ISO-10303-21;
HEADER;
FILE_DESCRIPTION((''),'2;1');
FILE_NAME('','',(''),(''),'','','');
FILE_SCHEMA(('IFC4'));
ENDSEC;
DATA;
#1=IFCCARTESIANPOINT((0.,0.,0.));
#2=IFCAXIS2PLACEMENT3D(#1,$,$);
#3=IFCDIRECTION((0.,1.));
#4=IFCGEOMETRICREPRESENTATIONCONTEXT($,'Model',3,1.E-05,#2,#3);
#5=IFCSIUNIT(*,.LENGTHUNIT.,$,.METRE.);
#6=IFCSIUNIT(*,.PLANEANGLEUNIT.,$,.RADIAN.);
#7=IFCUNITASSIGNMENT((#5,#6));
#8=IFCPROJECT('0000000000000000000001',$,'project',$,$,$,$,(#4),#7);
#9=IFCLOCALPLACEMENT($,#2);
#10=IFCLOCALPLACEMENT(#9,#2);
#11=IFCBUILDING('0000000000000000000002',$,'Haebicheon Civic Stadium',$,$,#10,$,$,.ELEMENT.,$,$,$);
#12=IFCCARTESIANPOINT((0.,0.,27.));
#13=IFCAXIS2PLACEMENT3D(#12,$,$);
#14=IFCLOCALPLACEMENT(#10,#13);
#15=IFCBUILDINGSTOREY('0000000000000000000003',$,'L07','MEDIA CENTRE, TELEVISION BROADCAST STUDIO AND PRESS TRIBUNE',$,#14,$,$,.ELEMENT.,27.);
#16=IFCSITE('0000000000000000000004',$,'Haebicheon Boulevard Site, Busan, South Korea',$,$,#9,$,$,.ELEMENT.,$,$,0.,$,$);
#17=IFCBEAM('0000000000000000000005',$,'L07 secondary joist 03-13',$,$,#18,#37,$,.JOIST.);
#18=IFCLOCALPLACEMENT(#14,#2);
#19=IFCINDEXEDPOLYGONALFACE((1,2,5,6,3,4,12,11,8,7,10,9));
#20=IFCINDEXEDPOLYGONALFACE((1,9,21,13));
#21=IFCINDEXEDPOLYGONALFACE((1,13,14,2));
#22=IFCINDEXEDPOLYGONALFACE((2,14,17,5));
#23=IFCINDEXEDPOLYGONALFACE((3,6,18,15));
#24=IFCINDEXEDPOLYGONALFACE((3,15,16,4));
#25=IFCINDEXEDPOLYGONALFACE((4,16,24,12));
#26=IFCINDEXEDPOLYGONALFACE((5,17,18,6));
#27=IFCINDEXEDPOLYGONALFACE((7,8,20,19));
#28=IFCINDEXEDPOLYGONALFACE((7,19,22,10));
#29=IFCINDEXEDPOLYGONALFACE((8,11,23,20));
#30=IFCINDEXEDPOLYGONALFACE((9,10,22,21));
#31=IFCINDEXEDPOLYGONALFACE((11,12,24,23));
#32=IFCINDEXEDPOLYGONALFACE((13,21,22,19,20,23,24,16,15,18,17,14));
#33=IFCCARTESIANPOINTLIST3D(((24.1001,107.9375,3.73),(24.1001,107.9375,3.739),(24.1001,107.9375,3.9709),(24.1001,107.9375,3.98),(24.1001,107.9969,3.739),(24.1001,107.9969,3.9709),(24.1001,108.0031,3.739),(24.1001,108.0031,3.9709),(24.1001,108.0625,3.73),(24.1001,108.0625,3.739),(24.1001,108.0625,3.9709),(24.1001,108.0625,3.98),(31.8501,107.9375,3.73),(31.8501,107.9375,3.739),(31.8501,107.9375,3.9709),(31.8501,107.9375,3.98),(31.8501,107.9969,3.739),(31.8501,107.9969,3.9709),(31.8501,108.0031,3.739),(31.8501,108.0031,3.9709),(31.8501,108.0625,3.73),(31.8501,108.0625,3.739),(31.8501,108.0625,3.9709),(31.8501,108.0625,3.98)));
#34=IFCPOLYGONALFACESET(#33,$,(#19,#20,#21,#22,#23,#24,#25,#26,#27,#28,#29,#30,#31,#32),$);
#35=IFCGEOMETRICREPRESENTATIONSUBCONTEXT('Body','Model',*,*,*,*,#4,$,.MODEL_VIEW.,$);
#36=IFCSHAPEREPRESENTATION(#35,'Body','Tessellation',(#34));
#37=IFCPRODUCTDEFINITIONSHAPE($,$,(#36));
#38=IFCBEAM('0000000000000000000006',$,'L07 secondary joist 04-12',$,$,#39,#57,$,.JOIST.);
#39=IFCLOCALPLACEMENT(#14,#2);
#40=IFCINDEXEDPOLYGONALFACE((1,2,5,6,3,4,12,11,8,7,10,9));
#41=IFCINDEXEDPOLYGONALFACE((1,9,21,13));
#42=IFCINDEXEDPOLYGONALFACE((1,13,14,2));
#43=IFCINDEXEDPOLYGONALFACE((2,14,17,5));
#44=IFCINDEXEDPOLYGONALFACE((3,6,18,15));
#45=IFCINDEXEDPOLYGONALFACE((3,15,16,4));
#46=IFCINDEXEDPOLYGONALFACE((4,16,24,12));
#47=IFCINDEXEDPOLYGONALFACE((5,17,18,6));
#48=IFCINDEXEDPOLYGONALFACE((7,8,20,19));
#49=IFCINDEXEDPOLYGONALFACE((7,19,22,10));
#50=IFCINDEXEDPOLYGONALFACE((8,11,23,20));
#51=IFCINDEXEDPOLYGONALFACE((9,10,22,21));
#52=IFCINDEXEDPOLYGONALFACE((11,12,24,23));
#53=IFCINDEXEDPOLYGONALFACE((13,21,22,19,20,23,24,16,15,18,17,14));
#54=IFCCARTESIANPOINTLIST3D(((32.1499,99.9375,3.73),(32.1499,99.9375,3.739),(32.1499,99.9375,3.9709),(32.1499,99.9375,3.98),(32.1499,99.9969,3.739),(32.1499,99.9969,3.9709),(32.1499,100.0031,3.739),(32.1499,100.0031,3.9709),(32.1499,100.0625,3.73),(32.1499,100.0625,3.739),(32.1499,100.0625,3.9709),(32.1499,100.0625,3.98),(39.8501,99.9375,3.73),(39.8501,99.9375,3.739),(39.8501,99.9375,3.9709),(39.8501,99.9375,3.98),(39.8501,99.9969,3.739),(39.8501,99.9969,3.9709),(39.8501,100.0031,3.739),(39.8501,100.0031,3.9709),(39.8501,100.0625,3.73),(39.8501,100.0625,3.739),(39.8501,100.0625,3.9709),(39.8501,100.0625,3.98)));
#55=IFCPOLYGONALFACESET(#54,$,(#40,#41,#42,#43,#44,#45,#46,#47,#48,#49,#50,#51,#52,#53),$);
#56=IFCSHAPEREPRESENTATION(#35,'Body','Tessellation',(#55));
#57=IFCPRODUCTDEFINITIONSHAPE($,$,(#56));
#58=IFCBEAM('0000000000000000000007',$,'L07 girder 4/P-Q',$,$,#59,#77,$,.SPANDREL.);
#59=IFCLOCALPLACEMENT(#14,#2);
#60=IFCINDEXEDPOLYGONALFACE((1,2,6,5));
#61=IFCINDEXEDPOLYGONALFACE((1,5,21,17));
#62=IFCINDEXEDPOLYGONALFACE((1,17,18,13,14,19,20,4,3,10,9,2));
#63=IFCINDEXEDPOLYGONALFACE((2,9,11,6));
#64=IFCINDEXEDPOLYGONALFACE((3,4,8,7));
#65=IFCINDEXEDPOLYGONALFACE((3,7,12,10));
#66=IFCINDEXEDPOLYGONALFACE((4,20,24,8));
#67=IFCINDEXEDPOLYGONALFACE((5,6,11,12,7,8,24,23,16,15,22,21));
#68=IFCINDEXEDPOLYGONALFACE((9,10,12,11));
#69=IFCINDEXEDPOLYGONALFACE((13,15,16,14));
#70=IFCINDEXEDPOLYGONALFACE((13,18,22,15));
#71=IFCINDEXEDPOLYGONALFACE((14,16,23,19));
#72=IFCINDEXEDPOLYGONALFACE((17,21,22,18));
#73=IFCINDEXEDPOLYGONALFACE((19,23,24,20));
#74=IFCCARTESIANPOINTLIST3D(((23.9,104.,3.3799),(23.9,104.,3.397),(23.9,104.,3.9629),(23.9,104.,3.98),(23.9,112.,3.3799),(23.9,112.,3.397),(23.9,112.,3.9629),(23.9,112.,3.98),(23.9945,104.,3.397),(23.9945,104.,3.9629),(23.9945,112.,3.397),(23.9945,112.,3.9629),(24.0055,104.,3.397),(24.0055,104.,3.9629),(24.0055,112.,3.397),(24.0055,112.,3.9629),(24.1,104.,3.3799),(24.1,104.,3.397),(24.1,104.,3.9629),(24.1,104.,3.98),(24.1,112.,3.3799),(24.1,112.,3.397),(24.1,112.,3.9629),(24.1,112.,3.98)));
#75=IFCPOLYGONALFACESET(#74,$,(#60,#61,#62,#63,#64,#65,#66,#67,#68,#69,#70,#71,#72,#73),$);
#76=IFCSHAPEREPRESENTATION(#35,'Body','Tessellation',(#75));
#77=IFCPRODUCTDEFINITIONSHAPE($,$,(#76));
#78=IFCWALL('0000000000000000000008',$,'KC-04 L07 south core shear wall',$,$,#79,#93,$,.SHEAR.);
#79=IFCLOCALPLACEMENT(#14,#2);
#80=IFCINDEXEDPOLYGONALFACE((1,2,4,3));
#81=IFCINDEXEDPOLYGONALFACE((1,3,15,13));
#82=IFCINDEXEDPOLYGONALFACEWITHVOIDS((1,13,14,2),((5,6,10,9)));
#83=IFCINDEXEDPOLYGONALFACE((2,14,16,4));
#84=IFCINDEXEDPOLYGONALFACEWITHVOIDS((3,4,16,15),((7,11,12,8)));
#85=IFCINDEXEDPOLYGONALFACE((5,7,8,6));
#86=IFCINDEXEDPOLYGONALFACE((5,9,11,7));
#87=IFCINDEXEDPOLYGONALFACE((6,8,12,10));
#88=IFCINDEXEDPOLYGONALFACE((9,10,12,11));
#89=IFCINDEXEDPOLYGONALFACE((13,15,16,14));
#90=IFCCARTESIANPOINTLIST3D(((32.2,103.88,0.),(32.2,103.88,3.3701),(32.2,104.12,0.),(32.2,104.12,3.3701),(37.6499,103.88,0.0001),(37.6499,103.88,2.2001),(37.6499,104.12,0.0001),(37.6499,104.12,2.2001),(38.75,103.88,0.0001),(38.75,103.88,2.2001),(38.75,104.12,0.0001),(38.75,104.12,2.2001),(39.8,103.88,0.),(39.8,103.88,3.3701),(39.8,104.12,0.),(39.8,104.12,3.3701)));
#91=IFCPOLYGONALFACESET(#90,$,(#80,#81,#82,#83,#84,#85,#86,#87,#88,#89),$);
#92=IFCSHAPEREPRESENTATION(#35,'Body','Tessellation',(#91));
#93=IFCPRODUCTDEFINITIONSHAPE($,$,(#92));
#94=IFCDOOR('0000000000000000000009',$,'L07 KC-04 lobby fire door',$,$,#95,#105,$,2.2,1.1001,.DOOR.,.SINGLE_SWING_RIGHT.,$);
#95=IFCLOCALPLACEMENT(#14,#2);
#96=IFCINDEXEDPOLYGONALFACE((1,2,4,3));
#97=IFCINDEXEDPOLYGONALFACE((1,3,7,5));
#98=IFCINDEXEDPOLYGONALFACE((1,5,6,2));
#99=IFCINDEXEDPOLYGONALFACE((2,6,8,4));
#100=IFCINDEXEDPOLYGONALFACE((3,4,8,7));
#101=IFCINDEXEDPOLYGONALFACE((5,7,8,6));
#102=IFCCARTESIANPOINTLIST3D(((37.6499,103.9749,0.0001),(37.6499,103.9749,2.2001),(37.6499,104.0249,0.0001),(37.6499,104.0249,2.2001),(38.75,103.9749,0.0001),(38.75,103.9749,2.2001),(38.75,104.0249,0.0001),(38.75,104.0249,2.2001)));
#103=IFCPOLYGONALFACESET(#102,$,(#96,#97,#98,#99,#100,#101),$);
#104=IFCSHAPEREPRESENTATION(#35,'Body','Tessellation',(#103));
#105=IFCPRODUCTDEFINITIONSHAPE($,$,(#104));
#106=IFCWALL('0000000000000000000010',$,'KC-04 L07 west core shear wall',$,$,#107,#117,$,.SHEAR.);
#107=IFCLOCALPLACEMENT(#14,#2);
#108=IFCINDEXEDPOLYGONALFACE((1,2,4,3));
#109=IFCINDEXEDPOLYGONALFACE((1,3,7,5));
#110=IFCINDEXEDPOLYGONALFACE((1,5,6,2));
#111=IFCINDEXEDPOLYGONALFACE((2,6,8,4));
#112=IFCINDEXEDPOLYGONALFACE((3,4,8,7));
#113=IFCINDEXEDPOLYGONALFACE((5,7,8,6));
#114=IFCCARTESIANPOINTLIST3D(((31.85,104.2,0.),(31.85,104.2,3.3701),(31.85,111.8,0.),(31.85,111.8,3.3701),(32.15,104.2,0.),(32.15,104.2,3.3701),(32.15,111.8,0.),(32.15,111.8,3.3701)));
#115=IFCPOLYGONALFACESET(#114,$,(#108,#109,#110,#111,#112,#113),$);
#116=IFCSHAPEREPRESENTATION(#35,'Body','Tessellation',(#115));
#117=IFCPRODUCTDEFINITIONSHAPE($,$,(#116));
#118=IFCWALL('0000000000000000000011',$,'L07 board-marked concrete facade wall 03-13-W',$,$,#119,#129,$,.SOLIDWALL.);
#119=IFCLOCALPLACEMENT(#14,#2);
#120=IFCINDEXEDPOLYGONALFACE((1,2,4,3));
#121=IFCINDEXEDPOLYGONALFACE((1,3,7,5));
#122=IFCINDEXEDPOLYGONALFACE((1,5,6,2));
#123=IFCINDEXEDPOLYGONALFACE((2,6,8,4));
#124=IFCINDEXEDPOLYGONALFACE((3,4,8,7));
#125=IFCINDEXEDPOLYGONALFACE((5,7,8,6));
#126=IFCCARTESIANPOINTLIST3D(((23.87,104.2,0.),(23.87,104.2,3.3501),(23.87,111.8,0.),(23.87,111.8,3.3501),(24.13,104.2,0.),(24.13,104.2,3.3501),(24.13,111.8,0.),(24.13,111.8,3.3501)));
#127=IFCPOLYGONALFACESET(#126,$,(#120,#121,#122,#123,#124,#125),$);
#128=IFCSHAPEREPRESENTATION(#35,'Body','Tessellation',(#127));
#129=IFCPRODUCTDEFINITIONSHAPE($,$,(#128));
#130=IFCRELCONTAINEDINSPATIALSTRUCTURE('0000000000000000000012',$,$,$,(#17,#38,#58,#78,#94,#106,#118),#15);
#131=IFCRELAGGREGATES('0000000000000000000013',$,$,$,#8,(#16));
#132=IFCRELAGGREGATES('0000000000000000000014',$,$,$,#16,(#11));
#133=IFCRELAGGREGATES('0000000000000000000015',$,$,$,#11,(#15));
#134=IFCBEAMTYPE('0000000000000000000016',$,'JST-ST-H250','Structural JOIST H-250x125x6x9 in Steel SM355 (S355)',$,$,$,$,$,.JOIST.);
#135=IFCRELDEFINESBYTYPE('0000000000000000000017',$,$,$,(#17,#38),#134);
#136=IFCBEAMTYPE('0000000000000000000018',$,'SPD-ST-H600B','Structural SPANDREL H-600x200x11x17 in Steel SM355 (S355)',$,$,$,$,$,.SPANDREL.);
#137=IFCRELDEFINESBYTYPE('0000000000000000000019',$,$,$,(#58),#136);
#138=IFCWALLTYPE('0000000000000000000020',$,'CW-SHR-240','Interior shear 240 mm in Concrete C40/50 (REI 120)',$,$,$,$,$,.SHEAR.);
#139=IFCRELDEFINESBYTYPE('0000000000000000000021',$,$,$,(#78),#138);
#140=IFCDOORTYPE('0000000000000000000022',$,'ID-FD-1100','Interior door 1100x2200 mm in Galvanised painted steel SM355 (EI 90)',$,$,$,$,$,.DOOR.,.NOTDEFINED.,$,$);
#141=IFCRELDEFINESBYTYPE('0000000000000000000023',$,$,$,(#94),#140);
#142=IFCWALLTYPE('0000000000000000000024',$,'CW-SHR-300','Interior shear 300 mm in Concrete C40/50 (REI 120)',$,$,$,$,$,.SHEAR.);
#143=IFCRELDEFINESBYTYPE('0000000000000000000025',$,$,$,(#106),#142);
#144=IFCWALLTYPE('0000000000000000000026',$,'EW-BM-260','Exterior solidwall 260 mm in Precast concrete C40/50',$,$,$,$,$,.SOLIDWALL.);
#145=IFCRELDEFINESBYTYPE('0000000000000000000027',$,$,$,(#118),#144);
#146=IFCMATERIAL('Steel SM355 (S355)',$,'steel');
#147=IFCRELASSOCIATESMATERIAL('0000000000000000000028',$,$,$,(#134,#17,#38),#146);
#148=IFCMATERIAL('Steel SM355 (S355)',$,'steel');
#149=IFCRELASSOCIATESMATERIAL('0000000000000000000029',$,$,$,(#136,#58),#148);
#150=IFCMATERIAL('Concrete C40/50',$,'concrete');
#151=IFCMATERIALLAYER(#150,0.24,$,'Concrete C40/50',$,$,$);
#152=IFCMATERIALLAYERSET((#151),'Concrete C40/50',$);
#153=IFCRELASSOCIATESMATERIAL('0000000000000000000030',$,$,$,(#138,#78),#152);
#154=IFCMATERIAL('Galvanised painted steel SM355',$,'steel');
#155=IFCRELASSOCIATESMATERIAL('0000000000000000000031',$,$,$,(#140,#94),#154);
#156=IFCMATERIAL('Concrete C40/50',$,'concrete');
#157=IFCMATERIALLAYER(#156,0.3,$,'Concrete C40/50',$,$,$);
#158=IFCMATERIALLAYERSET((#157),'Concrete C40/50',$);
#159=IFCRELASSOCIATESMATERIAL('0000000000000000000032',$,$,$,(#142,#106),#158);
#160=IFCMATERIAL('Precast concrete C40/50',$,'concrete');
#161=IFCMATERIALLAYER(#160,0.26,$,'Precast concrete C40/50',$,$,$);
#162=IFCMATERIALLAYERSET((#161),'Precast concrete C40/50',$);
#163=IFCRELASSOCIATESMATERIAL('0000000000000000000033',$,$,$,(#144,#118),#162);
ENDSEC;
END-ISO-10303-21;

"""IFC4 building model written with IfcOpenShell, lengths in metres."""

from ifc_helpers import new_model, si_unit, direction, frame, frame_2d, origin, origin_2d, place, context, subcontext, project, spatial, rectangle, i_section, extrude, material, layer, layer_set, material_profile, profile_set, type_object, element, fill, save


model = new_model("IFC4")

# Units and contexts
model_context = context("Model", 3, precision=1e-05, world=origin(), true_north=direction((0.0, 1.0)))
body_context = subcontext(model_context, "Body", "Model", "MODEL_VIEW")
ifc_project = project(units=[si_unit("LENGTHUNIT", "METRE"), si_unit("PLANEANGLEUNIT", "RADIAN")], contexts=[model_context])

# Site, building, storey
site_placement = place(None, origin())
site = spatial("IfcSite", under=ifc_project, at=site_placement, Name="Haebicheon Boulevard Site, Busan, South Korea", CompositionType="ELEMENT", RefElevation=0.0)
building_placement = place(site_placement, origin())
building = spatial("IfcBuilding", under=site, at=building_placement, Name="Haebicheon Civic Stadium", CompositionType="ELEMENT")
storey_placement = place(building_placement, frame((0.0, 0.0, 27.0)))
storey = spatial("IfcBuildingStorey", under=building, at=storey_placement, Name="L07", Description="MEDIA CENTRE, TELEVISION BROADCAST STUDIO AND PRESS TRIBUNE", CompositionType="ELEMENT", Elevation=27.0)

# Beams
ifc_material_1 = material(Name="Steel SM355 (S355)", Category="steel")
ifc_material_profile_1 = material_profile(ifc_material_1, i_section(OverallWidth=0.125, OverallDepth=0.25, WebThickness=0.0061, FlangeThickness=0.009, at=origin_2d()), Name="H-250x125x6x9")
ifc_profile_set_1 = profile_set([ifc_material_profile_1], Name="Steel SM355 (S355)")
beam_type_1 = type_object("IfcBeamType", Name="JST-ST-H250", Description="Structural JOIST H-250x125x6x9 in Steel SM355 (S355)", PredefinedType="JOIST", material=ifc_profile_set_1)
for number, where, z_axis, x_axis, name in (
    (1, (24.1001, 108.0, 3.855), (1.0, 0.0, 0.0), (0.0, 1.0, 0.0), "L07 secondary joist 03-13"),
):
    element("IfcBeam", number, at=place(storey_placement, frame(where, z_axis=z_axis, x_axis=x_axis)), inside=storey, type_object=beam_type_1, material=ifc_profile_set_1, Name=name, PredefinedType="JOIST", context=body_context, shape_type="SweptSolid", body=[
        extrude(i_section(OverallWidth=0.125, OverallDepth=0.25, WebThickness=0.0061, FlangeThickness=0.009, at=origin_2d()), origin(), (0.0, 0.0, 1.0), 7.75),
    ])
beam_1_placement = place(storey_placement, frame((32.1499, 100.0, 3.855), z_axis=(1.0, 0.0, 0.0), x_axis=(0.0, 1.0, 0.0)))
element("IfcBeam", 2, at=beam_1_placement, inside=storey, type_object=beam_type_1, material=ifc_profile_set_1, Name="L07 secondary joist 04-12", PredefinedType="JOIST", context=body_context, shape_type="SweptSolid", body=[
    extrude(i_section(OverallWidth=0.125, OverallDepth=0.25, WebThickness=0.0061, FlangeThickness=0.009, at=origin_2d()), origin(), (0.0, 0.0, 1.0), 7.7002),
])
ifc_material_2 = material(Name="Steel SM355 (S355)", Category="steel")
ifc_material_profile_2 = material_profile(ifc_material_2, i_section(OverallWidth=0.2, OverallDepth=0.6001, WebThickness=0.011, FlangeThickness=0.0171, at=origin_2d()), Name="H-600x200x11x17")
ifc_profile_set_2 = profile_set([ifc_material_profile_2], Name="Steel SM355 (S355)")
beam_type_2 = type_object("IfcBeamType", Name="SPD-ST-H600B", Description="Structural SPANDREL H-600x200x11x17 in Steel SM355 (S355)", PredefinedType="SPANDREL", material=ifc_profile_set_2)
beam_2_placement = place(storey_placement, frame((24.0, 104.0, 3.6799), z_axis=(0.0, 1.0, 0.0), x_axis=(-1.0, 0.0, 0.0)))
element("IfcBeam", 3, at=beam_2_placement, inside=storey, type_object=beam_type_2, material=ifc_profile_set_2, Name="L07 girder 4/P-Q", PredefinedType="SPANDREL", context=body_context, shape_type="SweptSolid", body=[
    extrude(i_section(OverallWidth=0.2, OverallDepth=0.6001, WebThickness=0.011, FlangeThickness=0.0171, at=origin_2d()), origin(), (0.0, 0.0, 1.0), 8.0),
])

# Wall, opening, door
ifc_material_3 = material(Name="Concrete C40/50", Category="concrete")
ifc_layer_1 = layer(ifc_material_3, 0.24, Name="Concrete C40/50")
ifc_layer_set_1 = layer_set([ifc_layer_1], Name="Concrete C40/50")
wall_type_1 = type_object("IfcWallType", Name="CW-SHR-240", Description="Interior shear 240 mm in Concrete C40/50 (REI 120)", PredefinedType="SHEAR", material=ifc_layer_set_1)
wall_1_placement = place(storey_placement, frame((32.2, 104.0, 0.0), z_axis=(0.0, 0.0, 1.0), x_axis=(1.0, 0.0, 0.0)))
wall_1 = element("IfcWall", 4, at=wall_1_placement, inside=storey, type_object=wall_type_1, material=ifc_layer_set_1, Name="KC-04 L07 south core shear wall", PredefinedType="SHEAR", context=body_context, shape_type="SweptSolid", body=[
    extrude(rectangle(XDim=7.6001, YDim=0.24, at=frame_2d((3.8, 0.0))), origin(), (0.0, 0.0, 1.0), 3.3701),
])
opening_1_placement = place(wall_1_placement, frame((5.45, 0.0, 0.0)))
opening_1 = element("IfcOpeningElement", 5, at=opening_1_placement, cuts=wall_1, PredefinedType="OPENING", context=body_context, shape_type="SweptSolid", body=[
    extrude(rectangle(XDim=1.1001, YDim=2.2, at=frame_2d((0.55, 1.1001))), frame((0.0, 0.1299, 0.0), z_axis=(0.0, -1.0, 0.0), x_axis=(1.0, 0.0, 0.0)), (0.0, 0.0, 1.0), 0.26),
])
ifc_material_4 = material(Name="Galvanised painted steel SM355", Category="steel")
door_type_1 = type_object("IfcDoorType", Name="ID-FD-1100", Description="Interior door 1100x2200 mm in Galvanised painted steel SM355 (EI 90)", OperationType="NOTDEFINED", PredefinedType="DOOR", material=ifc_material_4)
door_1_placement = place(opening_1_placement, origin())
door_1 = element("IfcDoor", 6, at=door_1_placement, inside=storey, type_object=door_type_1, material=ifc_material_4, Name="L07 KC-04 lobby fire door", OperationType="SINGLE_SWING_RIGHT", OverallHeight=2.2, OverallWidth=1.1001, PredefinedType="DOOR", context=body_context, shape_type="SweptSolid", body=[
    extrude(rectangle(XDim=1.1001, YDim=2.2, at=frame_2d((0.55, 1.1001))), frame((0.0, 0.0249, 0.0), z_axis=(0.0, -1.0, 0.0), x_axis=(1.0, 0.0, 0.0)), (0.0, 0.0, 1.0), 0.05),
])
fill(opening_1, door_1)

# Wall
ifc_material_5 = material(Name="Concrete C40/50", Category="concrete")
ifc_layer_2 = layer(ifc_material_5, 0.3, Name="Concrete C40/50")
ifc_layer_set_2 = layer_set([ifc_layer_2], Name="Concrete C40/50")
wall_type_2 = type_object("IfcWallType", Name="CW-SHR-300", Description="Interior shear 300 mm in Concrete C40/50 (REI 120)", PredefinedType="SHEAR", material=ifc_layer_set_2)
wall_2_placement = place(storey_placement, frame((32.0, 104.2, 0.0), z_axis=(0.0, 0.0, 1.0), x_axis=(0.0, 1.0, 0.0)))
element("IfcWall", 7, at=wall_2_placement, inside=storey, type_object=wall_type_2, material=ifc_layer_set_2, Name="KC-04 L07 west core shear wall", PredefinedType="SHEAR", context=body_context, shape_type="SweptSolid", body=[
    extrude(rectangle(XDim=7.6001, YDim=0.3, at=frame_2d((3.8, 0.0))), origin(), (0.0, 0.0, 1.0), 3.3701),
])

# Wall
ifc_material_6 = material(Name="Precast concrete C40/50", Category="concrete")
ifc_layer_3 = layer(ifc_material_6, 0.26, Name="Precast concrete C40/50")
ifc_layer_set_3 = layer_set([ifc_layer_3], Name="Precast concrete C40/50")
wall_type_3 = type_object("IfcWallType", Name="EW-BM-260", Description="Exterior solidwall 260 mm in Precast concrete C40/50", PredefinedType="SOLIDWALL", material=ifc_layer_set_3)
wall_3_placement = place(storey_placement, frame((24.0, 104.2, 0.0), z_axis=(0.0, 0.0, 1.0), x_axis=(0.0, 1.0, 0.0)))
element("IfcWall", 8, at=wall_3_placement, inside=storey, type_object=wall_type_3, material=ifc_layer_set_3, Name="L07 board-marked concrete facade wall 03-13-W", PredefinedType="SOLIDWALL", context=body_context, shape_type="SweptSolid", body=[
    extrude(rectangle(XDim=7.6001, YDim=0.26, at=frame_2d((3.8, 0.0))), origin(), (0.0, 0.0, 1.0), 3.3501),
])

save(model, "model.ifc")
